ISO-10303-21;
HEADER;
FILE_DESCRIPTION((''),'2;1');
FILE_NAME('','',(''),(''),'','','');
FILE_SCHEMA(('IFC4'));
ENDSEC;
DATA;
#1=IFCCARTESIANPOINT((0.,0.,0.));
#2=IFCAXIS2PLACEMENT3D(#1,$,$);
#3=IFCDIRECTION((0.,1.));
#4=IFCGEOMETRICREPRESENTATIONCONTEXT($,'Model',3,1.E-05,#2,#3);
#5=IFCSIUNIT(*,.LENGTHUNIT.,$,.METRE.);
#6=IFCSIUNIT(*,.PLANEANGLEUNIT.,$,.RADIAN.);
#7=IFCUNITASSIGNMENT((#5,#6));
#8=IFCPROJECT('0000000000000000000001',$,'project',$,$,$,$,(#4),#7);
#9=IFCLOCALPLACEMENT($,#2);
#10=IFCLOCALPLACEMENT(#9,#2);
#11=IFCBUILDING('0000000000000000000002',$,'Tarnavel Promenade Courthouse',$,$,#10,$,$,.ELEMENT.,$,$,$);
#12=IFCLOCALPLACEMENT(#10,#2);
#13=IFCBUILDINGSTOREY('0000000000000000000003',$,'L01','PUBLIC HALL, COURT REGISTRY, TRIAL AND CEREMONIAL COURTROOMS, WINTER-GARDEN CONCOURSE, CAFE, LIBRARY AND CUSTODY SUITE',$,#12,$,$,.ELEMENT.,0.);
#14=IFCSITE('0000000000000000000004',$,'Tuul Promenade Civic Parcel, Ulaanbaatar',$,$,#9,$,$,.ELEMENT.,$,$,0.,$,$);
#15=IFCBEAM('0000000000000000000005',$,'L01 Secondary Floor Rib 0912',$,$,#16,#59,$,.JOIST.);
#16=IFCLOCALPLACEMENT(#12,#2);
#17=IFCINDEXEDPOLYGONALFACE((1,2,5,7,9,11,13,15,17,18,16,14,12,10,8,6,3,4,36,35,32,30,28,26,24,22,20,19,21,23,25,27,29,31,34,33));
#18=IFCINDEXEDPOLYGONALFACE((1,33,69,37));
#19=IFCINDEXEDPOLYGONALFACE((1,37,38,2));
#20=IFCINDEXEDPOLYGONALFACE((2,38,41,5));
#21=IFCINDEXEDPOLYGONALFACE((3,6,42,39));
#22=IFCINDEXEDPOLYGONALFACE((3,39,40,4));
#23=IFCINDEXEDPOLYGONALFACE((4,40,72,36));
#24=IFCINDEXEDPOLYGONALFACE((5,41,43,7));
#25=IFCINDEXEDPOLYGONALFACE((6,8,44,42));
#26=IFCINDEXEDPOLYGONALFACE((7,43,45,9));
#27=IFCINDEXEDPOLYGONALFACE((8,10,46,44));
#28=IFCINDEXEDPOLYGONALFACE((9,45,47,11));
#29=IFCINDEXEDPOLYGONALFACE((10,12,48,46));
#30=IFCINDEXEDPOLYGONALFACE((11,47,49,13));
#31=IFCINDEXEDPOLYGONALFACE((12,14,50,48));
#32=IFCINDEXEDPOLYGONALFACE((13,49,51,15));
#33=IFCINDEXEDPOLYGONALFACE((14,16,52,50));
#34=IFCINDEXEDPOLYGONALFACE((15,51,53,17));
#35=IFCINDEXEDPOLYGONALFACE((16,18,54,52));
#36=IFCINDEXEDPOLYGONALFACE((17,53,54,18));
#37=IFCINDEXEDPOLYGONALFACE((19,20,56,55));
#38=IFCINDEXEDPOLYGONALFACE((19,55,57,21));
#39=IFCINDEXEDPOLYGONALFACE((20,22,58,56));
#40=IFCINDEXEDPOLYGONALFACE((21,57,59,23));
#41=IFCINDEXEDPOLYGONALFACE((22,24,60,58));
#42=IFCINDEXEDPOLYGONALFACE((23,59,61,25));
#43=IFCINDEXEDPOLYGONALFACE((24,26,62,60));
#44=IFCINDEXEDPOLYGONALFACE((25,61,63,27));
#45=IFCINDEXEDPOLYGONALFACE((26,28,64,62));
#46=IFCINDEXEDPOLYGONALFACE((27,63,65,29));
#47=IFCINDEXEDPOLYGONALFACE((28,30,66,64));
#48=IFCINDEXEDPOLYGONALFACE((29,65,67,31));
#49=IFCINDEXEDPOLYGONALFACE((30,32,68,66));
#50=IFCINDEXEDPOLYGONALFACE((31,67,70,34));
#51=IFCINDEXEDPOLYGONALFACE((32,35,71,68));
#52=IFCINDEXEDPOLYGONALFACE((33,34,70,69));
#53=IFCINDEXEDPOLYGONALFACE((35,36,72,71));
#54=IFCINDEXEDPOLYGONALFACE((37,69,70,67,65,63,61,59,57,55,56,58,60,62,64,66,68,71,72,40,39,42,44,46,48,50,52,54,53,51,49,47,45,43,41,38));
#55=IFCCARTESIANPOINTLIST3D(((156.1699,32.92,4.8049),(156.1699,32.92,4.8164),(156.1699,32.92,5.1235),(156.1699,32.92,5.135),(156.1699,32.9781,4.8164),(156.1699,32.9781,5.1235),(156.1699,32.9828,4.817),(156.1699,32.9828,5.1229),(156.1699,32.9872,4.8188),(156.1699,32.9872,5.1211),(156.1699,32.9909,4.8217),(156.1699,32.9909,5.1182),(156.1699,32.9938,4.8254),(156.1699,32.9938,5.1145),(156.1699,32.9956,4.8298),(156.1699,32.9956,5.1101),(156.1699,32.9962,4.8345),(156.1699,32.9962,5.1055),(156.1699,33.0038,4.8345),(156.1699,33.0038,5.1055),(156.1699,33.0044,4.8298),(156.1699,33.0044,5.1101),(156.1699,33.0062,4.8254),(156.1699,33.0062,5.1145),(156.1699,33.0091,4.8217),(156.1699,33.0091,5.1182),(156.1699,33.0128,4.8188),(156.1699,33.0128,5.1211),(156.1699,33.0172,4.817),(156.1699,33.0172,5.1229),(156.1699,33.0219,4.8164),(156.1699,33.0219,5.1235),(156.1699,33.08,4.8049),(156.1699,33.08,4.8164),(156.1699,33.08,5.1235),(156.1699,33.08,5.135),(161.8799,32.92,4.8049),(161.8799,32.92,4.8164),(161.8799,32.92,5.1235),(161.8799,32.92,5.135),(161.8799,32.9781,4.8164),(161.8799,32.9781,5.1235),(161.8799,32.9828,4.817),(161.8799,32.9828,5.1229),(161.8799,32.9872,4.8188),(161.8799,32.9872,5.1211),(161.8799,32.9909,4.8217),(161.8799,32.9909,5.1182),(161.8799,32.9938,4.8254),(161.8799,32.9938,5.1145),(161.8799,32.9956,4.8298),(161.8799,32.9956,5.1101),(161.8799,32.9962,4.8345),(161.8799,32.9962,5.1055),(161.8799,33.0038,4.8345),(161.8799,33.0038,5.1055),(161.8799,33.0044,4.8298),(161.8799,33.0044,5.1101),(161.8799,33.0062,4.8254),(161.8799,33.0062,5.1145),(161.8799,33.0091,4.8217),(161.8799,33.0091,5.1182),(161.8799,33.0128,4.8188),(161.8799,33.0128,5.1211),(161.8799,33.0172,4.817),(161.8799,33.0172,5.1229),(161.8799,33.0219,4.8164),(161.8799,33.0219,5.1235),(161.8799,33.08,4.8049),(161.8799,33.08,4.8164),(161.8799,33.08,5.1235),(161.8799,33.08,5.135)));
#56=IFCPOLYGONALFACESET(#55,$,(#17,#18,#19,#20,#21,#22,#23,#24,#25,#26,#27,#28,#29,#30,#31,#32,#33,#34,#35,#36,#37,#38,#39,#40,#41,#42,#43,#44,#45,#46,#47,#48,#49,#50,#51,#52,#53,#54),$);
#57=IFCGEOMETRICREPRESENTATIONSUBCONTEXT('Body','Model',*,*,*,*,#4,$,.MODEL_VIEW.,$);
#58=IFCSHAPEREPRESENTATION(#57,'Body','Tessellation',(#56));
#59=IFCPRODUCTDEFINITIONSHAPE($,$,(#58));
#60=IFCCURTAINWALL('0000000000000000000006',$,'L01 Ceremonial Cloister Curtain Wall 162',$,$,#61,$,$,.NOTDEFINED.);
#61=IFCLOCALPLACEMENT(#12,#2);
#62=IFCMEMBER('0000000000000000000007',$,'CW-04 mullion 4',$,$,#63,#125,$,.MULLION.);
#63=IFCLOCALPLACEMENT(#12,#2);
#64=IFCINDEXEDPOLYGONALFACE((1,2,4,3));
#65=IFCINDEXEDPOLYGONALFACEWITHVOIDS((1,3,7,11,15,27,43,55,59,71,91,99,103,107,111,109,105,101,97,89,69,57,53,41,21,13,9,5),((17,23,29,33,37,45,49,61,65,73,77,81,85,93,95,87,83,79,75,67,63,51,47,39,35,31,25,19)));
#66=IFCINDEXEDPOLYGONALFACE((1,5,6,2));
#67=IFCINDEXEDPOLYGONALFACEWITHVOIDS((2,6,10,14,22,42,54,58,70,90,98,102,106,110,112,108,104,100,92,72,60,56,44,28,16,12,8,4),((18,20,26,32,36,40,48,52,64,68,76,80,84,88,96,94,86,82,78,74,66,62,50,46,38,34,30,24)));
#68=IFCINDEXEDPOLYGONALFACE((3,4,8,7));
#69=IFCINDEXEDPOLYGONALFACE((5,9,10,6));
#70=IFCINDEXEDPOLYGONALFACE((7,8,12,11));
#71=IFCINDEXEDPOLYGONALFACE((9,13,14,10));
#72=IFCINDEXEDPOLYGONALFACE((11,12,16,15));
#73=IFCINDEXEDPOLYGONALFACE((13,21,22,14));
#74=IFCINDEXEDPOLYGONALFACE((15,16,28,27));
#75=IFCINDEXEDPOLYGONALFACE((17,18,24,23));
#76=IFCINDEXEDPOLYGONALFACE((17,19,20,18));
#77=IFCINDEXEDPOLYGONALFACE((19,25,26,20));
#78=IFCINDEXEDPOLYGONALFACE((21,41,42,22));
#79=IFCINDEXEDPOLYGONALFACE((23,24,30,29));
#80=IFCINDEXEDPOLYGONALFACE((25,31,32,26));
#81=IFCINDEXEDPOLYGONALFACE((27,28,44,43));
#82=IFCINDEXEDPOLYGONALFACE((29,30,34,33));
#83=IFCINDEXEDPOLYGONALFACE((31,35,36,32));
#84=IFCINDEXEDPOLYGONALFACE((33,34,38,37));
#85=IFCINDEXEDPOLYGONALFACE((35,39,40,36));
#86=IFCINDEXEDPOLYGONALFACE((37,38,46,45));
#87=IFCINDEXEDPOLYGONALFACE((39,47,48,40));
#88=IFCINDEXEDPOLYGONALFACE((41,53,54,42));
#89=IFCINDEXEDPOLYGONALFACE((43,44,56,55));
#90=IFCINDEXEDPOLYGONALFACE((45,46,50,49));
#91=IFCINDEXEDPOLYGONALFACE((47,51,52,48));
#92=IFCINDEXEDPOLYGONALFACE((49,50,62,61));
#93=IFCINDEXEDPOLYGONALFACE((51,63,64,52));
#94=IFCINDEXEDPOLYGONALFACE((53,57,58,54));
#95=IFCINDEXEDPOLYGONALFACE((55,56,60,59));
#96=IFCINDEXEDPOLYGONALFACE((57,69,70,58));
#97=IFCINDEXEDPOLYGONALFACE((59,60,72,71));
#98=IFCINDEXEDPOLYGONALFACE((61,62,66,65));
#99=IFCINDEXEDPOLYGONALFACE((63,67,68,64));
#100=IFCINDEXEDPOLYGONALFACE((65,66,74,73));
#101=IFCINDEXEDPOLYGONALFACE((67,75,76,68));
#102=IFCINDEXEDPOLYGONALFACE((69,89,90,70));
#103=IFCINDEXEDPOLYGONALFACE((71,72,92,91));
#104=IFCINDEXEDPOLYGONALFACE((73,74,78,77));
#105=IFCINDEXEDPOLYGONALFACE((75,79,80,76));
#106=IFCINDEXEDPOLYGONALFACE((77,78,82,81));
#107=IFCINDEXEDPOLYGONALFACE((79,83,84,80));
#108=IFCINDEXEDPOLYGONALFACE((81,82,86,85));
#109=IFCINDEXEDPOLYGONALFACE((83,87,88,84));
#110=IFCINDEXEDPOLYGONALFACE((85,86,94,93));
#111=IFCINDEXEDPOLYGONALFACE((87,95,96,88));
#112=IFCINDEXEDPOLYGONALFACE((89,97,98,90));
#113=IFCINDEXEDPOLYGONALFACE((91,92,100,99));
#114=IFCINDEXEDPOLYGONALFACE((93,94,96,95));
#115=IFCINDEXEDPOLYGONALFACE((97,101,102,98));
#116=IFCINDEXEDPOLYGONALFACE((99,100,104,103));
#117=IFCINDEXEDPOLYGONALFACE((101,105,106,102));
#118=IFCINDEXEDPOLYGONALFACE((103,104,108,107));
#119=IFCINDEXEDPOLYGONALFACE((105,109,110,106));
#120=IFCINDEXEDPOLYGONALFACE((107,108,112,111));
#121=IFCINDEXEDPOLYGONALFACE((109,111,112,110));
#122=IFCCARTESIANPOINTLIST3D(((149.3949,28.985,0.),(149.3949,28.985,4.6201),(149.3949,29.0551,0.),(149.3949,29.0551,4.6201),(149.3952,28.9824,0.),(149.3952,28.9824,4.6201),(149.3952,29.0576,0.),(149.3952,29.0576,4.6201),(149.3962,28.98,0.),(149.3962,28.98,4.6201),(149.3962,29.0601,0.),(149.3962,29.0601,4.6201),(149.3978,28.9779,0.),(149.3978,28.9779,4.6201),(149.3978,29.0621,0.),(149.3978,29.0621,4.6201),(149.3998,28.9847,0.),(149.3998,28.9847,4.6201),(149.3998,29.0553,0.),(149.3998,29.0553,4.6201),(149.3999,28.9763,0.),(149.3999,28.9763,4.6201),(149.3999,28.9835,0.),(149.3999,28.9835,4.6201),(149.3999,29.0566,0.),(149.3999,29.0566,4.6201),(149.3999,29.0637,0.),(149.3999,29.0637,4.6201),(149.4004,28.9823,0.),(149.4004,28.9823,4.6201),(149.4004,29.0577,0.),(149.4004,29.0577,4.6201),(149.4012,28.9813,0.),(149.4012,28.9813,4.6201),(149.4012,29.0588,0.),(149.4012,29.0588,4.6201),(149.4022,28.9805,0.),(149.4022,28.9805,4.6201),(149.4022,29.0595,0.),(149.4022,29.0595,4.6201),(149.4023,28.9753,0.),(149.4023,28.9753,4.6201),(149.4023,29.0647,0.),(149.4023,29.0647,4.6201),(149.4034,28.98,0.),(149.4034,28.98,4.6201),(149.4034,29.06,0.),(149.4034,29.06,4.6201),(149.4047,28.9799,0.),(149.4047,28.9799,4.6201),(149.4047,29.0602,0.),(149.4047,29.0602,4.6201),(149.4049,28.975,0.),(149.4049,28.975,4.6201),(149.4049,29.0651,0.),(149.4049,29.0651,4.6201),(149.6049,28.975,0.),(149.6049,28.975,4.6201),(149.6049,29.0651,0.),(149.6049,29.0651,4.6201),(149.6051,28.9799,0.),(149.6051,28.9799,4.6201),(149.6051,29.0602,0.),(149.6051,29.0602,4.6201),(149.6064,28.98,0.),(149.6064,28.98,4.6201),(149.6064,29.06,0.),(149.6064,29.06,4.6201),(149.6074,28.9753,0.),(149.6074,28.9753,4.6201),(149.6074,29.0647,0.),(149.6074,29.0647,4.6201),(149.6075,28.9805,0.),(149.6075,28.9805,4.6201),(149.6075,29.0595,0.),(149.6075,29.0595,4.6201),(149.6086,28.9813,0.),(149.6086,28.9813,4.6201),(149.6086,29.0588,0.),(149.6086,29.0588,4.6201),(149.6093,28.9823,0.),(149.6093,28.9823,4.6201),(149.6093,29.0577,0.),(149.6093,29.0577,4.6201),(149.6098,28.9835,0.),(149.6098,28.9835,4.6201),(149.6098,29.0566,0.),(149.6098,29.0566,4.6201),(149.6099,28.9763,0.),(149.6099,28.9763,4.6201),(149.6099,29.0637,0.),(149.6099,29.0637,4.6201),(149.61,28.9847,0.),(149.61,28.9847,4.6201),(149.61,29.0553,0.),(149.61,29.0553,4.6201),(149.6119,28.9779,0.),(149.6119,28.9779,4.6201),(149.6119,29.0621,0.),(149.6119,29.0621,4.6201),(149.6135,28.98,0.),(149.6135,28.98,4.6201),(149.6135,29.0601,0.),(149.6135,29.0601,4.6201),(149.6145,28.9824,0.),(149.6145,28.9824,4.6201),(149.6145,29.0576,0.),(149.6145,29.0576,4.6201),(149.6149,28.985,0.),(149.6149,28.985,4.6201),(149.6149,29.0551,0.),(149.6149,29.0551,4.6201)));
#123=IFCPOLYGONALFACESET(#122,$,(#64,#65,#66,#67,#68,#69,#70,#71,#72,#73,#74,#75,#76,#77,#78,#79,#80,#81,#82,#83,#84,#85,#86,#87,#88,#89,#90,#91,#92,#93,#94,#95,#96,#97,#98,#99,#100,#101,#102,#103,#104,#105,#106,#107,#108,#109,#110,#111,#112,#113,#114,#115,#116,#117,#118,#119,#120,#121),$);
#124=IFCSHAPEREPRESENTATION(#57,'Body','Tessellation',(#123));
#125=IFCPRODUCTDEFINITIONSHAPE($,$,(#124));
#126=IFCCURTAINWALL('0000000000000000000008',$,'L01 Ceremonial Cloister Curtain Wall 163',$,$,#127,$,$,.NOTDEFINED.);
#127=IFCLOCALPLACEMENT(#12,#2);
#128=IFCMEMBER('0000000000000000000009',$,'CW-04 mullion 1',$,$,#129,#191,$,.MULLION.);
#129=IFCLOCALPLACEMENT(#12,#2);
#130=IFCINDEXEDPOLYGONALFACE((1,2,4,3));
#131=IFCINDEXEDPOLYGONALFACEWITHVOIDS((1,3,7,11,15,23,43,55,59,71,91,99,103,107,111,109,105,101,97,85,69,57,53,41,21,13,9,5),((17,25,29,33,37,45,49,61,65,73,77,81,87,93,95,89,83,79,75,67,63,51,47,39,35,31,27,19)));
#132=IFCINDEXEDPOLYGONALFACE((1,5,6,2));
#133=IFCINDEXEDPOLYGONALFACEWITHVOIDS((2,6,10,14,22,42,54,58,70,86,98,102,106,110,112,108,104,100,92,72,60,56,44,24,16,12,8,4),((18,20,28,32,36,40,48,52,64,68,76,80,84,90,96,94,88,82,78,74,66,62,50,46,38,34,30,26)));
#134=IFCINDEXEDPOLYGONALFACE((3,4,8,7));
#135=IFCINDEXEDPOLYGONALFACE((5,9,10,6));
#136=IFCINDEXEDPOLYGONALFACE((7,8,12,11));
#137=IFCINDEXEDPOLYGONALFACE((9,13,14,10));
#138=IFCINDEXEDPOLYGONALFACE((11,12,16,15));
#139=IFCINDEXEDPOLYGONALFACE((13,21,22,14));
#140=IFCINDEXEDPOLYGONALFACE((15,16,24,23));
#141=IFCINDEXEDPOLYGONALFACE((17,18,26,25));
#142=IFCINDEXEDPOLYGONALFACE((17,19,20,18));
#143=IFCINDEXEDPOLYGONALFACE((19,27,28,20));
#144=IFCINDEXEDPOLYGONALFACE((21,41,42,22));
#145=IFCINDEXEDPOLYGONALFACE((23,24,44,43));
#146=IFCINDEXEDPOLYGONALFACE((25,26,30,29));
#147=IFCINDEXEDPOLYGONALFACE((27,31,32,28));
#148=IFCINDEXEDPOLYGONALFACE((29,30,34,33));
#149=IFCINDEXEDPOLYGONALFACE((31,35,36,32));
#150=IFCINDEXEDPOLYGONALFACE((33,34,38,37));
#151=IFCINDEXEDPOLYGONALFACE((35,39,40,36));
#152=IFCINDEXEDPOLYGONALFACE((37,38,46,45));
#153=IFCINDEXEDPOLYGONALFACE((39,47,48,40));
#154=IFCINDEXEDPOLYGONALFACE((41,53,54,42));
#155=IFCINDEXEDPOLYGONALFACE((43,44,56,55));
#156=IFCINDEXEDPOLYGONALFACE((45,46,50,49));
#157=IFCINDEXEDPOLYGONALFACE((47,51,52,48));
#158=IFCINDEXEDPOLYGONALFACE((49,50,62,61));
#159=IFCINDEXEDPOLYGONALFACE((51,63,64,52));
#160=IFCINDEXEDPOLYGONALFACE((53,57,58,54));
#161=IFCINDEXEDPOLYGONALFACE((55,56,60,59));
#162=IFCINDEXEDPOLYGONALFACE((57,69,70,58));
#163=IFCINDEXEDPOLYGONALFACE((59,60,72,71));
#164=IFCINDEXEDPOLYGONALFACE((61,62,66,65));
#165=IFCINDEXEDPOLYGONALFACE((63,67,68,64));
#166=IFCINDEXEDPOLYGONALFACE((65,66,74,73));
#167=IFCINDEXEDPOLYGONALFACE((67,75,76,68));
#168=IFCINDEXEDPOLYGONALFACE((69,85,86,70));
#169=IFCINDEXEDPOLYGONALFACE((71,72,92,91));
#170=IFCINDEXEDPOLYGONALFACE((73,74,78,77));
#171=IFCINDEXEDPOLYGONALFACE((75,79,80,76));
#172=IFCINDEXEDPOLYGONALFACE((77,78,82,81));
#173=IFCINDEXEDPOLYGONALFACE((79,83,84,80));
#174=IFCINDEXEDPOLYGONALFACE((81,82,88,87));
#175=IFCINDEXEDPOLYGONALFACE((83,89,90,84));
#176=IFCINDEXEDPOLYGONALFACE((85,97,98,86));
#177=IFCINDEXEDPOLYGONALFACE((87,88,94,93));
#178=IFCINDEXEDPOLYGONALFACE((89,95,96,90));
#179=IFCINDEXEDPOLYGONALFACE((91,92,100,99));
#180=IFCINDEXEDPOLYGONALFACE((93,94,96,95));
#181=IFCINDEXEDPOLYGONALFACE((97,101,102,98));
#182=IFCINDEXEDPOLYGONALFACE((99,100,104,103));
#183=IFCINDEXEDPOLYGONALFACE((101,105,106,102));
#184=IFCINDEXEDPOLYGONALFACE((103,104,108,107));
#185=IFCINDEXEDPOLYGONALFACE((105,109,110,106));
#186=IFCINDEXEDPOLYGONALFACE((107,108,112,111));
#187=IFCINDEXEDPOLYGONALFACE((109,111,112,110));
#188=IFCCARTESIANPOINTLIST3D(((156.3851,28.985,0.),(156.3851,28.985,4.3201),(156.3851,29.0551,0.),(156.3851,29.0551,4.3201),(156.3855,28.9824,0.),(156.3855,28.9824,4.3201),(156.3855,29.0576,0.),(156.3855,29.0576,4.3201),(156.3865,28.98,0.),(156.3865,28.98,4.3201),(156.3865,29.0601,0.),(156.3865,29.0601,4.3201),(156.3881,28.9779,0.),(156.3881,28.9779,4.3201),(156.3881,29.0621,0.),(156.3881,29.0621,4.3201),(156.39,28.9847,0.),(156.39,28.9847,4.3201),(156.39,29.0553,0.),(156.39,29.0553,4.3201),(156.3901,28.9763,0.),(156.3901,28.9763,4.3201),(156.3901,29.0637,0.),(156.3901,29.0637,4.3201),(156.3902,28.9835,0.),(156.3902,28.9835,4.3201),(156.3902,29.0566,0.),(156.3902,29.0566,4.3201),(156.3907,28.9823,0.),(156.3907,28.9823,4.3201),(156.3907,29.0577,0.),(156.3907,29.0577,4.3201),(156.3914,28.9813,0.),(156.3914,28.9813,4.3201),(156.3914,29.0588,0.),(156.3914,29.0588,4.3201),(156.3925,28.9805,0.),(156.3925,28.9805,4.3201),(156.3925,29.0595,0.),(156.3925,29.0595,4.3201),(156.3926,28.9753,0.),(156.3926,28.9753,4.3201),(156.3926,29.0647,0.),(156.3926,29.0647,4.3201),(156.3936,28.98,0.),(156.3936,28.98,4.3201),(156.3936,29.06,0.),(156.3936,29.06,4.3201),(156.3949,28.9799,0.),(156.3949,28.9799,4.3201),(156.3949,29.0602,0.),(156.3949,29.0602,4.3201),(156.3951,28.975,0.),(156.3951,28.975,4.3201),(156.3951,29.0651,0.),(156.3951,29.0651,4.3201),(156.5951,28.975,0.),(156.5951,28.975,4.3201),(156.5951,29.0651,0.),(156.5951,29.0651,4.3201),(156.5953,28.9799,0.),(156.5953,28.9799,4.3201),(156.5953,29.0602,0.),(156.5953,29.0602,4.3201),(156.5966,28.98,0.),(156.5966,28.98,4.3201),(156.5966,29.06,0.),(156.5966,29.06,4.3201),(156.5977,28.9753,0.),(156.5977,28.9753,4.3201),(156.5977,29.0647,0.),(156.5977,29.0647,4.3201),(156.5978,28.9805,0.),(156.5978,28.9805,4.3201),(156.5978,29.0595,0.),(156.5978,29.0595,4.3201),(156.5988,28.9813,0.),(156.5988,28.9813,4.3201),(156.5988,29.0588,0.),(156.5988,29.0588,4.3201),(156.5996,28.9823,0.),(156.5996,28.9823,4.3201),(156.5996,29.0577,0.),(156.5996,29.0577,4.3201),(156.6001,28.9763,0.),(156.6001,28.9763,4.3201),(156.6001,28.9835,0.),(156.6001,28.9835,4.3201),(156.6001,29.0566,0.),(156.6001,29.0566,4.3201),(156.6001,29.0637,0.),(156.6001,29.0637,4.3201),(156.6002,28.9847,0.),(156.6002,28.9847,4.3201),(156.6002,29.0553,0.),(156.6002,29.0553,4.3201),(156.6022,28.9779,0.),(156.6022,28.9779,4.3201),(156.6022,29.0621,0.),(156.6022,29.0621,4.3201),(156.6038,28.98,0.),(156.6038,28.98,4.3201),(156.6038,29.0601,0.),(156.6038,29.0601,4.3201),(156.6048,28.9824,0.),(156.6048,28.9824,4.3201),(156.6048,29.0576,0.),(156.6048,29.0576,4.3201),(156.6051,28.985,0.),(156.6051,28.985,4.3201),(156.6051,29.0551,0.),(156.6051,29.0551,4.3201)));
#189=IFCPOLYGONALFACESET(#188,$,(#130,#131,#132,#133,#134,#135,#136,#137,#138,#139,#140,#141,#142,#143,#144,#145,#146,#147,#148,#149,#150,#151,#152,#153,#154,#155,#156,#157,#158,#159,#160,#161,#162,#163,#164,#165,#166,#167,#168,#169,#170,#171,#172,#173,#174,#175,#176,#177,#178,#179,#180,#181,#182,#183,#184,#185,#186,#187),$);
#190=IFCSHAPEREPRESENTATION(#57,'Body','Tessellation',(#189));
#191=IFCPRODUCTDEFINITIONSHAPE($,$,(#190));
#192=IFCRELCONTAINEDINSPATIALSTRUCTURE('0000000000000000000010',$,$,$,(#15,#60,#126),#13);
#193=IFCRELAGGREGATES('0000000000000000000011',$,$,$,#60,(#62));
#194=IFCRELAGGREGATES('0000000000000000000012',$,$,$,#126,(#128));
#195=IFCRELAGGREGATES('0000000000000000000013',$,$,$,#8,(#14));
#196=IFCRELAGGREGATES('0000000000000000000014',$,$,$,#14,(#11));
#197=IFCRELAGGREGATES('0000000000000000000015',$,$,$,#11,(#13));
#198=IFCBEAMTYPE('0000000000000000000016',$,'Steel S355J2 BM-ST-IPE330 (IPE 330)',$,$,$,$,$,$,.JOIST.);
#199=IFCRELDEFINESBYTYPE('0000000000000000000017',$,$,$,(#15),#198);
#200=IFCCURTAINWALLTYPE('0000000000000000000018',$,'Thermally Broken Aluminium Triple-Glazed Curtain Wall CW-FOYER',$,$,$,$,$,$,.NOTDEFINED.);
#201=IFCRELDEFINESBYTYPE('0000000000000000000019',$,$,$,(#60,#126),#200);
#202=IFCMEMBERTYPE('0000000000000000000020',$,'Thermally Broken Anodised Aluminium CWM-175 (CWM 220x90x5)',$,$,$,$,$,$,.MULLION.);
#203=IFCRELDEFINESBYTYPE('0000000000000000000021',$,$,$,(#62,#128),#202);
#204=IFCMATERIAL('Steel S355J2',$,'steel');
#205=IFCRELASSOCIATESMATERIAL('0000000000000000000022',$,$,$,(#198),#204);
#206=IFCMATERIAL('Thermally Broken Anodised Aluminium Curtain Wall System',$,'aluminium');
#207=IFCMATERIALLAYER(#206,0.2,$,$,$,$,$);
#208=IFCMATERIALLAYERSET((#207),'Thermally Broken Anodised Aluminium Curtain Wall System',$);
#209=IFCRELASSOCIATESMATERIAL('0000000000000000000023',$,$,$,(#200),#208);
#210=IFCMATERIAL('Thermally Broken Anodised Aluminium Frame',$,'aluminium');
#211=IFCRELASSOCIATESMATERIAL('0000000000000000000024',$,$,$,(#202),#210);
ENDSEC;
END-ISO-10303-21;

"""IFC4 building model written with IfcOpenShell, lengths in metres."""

from ifc_helpers import new_model, si_unit, direction, frame, origin, origin_2d, place, context, subcontext, project, spatial, hollow_rectangle, i_section, extrude, material, layer, layer_set, material_profile, profile_set, type_object, element, aggregate, save


model = new_model("IFC4")

# Units and contexts
model_context = context("Model", 3, precision=1e-05, world=origin(), true_north=direction((0.0, 1.0)))
body_context = subcontext(model_context, "Body", "Model", "MODEL_VIEW")
ifc_project = project(units=[si_unit("LENGTHUNIT", "METRE"), si_unit("PLANEANGLEUNIT", "RADIAN")], contexts=[model_context])

# Site, building, storey
site_placement = place(None, origin())
site = spatial("IfcSite", under=ifc_project, at=site_placement, Name="Tuul Promenade Civic Parcel, Ulaanbaatar", CompositionType="ELEMENT", RefElevation=0.0)
building_placement = place(site_placement, origin())
building = spatial("IfcBuilding", under=site, at=building_placement, Name="Tarnavel Promenade Courthouse", CompositionType="ELEMENT")
storey_placement = place(building_placement, origin())
storey = spatial("IfcBuildingStorey", under=building, at=storey_placement, Name="L01", Description="PUBLIC HALL, COURT REGISTRY, TRIAL AND CEREMONIAL COURTROOMS, WINTER-GARDEN CONCOURSE, CAFE, LIBRARY AND CUSTODY SUITE", CompositionType="ELEMENT", Elevation=0.0)

# Beam
ifc_material_1 = material(Name="Steel S355J2", Category="steel")
ifc_material_profile_1 = material_profile(ifc_material_1, i_section(OverallWidth=0.1599, OverallDepth=0.3301, WebThickness=0.0076, FlangeThickness=0.0115, FilletRadius=0.0181, at=origin_2d()), Name="IPE 330")
ifc_profile_set_1 = profile_set([ifc_material_profile_1], Name="Steel S355J2")
beam_type_1 = type_object("IfcBeamType", Name="Steel S355J2 BM-ST-IPE330 (IPE 330)", PredefinedType="JOIST", material=ifc_profile_set_1)
beam_1_placement = place(storey_placement, frame((156.1699, 33.0, 4.97), z_axis=(1.0, 0.0, 0.0), x_axis=(0.0, 1.0, 0.0)))
element("IfcBeam", 1, at=beam_1_placement, inside=storey, type_object=beam_type_1, Name="L01 Secondary Floor Rib 0912", PredefinedType="JOIST", context=body_context, shape_type="SweptSolid", body=[
    extrude(i_section(OverallWidth=0.1599, OverallDepth=0.3301, WebThickness=0.0076, FlangeThickness=0.0115, FilletRadius=0.0181, at=origin_2d()), origin(), (0.0, 0.0, 1.0), 5.71),
])

# Curtain wall, member
ifc_material_2 = material(Name="Thermally Broken Anodised Aluminium Curtain Wall System", Category="aluminium")
ifc_layer_1 = layer(ifc_material_2, 0.2)
ifc_layer_set_1 = layer_set([ifc_layer_1], Name="Thermally Broken Anodised Aluminium Curtain Wall System")
curtain_wall_type = type_object("IfcCurtainWallType", Name="Thermally Broken Aluminium Triple-Glazed Curtain Wall CW-FOYER", PredefinedType="NOTDEFINED", material=ifc_layer_set_1)
curtain_wall_1_placement = place(storey_placement, origin())
curtain_wall_1 = element("IfcCurtainWall", 2, at=curtain_wall_1_placement, inside=storey, type_object=curtain_wall_type, Name="L01 Ceremonial Cloister Curtain Wall 162", PredefinedType="NOTDEFINED")
ifc_material_3 = material(Name="Thermally Broken Anodised Aluminium Frame", Category="aluminium")
ifc_material_profile_2 = material_profile(ifc_material_3, hollow_rectangle(XDim=0.0901, YDim=0.22, WallThickness=0.0049, InnerFilletRadius=0.0049, OuterFilletRadius=0.01, at=origin_2d()), Name="CWM 220x90x5")
ifc_profile_set_2 = profile_set([ifc_material_profile_2], Name="Thermally Broken Anodised Aluminium Frame")
member_type_1 = type_object("IfcMemberType", Name="Thermally Broken Anodised Aluminium CWM-175 (CWM 220x90x5)", PredefinedType="MULLION", material=ifc_profile_set_2)
member_1_placement = place(storey_placement, frame((149.5049, 29.02, 0.0), z_axis=(0.0, 0.0, 1.0), x_axis=(0.0, 1.0, 0.0)))
member_1 = element("IfcMember", 3, at=member_1_placement, type_object=member_type_1, Name="CW-04 mullion 4", PredefinedType="MULLION", context=body_context, shape_type="SweptSolid", body=[
    extrude(hollow_rectangle(XDim=0.0901, YDim=0.22, WallThickness=0.0049, InnerFilletRadius=0.0049, OuterFilletRadius=0.01, at=origin_2d()), origin(), (0.0, 0.0, 1.0), 4.6201),
])
aggregate(curtain_wall_1, [member_1])

# Curtain wall, member
curtain_wall_2_placement = place(storey_placement, origin())
curtain_wall_2 = element("IfcCurtainWall", 4, at=curtain_wall_2_placement, inside=storey, type_object=curtain_wall_type, Name="L01 Ceremonial Cloister Curtain Wall 163", PredefinedType="NOTDEFINED")
member_2_placement = place(storey_placement, frame((156.4951, 29.02, 0.0), z_axis=(0.0, 0.0, 1.0), x_axis=(0.0, 1.0, 0.0)))
member_2 = element("IfcMember", 5, at=member_2_placement, type_object=member_type_1, Name="CW-04 mullion 1", PredefinedType="MULLION", context=body_context, shape_type="SweptSolid", body=[
    extrude(hollow_rectangle(XDim=0.0901, YDim=0.22, WallThickness=0.0049, InnerFilletRadius=0.0049, OuterFilletRadius=0.01, at=origin_2d()), origin(), (0.0, 0.0, 1.0), 4.3201),
])
aggregate(curtain_wall_2, [member_2])

save(model, "model.ifc")
